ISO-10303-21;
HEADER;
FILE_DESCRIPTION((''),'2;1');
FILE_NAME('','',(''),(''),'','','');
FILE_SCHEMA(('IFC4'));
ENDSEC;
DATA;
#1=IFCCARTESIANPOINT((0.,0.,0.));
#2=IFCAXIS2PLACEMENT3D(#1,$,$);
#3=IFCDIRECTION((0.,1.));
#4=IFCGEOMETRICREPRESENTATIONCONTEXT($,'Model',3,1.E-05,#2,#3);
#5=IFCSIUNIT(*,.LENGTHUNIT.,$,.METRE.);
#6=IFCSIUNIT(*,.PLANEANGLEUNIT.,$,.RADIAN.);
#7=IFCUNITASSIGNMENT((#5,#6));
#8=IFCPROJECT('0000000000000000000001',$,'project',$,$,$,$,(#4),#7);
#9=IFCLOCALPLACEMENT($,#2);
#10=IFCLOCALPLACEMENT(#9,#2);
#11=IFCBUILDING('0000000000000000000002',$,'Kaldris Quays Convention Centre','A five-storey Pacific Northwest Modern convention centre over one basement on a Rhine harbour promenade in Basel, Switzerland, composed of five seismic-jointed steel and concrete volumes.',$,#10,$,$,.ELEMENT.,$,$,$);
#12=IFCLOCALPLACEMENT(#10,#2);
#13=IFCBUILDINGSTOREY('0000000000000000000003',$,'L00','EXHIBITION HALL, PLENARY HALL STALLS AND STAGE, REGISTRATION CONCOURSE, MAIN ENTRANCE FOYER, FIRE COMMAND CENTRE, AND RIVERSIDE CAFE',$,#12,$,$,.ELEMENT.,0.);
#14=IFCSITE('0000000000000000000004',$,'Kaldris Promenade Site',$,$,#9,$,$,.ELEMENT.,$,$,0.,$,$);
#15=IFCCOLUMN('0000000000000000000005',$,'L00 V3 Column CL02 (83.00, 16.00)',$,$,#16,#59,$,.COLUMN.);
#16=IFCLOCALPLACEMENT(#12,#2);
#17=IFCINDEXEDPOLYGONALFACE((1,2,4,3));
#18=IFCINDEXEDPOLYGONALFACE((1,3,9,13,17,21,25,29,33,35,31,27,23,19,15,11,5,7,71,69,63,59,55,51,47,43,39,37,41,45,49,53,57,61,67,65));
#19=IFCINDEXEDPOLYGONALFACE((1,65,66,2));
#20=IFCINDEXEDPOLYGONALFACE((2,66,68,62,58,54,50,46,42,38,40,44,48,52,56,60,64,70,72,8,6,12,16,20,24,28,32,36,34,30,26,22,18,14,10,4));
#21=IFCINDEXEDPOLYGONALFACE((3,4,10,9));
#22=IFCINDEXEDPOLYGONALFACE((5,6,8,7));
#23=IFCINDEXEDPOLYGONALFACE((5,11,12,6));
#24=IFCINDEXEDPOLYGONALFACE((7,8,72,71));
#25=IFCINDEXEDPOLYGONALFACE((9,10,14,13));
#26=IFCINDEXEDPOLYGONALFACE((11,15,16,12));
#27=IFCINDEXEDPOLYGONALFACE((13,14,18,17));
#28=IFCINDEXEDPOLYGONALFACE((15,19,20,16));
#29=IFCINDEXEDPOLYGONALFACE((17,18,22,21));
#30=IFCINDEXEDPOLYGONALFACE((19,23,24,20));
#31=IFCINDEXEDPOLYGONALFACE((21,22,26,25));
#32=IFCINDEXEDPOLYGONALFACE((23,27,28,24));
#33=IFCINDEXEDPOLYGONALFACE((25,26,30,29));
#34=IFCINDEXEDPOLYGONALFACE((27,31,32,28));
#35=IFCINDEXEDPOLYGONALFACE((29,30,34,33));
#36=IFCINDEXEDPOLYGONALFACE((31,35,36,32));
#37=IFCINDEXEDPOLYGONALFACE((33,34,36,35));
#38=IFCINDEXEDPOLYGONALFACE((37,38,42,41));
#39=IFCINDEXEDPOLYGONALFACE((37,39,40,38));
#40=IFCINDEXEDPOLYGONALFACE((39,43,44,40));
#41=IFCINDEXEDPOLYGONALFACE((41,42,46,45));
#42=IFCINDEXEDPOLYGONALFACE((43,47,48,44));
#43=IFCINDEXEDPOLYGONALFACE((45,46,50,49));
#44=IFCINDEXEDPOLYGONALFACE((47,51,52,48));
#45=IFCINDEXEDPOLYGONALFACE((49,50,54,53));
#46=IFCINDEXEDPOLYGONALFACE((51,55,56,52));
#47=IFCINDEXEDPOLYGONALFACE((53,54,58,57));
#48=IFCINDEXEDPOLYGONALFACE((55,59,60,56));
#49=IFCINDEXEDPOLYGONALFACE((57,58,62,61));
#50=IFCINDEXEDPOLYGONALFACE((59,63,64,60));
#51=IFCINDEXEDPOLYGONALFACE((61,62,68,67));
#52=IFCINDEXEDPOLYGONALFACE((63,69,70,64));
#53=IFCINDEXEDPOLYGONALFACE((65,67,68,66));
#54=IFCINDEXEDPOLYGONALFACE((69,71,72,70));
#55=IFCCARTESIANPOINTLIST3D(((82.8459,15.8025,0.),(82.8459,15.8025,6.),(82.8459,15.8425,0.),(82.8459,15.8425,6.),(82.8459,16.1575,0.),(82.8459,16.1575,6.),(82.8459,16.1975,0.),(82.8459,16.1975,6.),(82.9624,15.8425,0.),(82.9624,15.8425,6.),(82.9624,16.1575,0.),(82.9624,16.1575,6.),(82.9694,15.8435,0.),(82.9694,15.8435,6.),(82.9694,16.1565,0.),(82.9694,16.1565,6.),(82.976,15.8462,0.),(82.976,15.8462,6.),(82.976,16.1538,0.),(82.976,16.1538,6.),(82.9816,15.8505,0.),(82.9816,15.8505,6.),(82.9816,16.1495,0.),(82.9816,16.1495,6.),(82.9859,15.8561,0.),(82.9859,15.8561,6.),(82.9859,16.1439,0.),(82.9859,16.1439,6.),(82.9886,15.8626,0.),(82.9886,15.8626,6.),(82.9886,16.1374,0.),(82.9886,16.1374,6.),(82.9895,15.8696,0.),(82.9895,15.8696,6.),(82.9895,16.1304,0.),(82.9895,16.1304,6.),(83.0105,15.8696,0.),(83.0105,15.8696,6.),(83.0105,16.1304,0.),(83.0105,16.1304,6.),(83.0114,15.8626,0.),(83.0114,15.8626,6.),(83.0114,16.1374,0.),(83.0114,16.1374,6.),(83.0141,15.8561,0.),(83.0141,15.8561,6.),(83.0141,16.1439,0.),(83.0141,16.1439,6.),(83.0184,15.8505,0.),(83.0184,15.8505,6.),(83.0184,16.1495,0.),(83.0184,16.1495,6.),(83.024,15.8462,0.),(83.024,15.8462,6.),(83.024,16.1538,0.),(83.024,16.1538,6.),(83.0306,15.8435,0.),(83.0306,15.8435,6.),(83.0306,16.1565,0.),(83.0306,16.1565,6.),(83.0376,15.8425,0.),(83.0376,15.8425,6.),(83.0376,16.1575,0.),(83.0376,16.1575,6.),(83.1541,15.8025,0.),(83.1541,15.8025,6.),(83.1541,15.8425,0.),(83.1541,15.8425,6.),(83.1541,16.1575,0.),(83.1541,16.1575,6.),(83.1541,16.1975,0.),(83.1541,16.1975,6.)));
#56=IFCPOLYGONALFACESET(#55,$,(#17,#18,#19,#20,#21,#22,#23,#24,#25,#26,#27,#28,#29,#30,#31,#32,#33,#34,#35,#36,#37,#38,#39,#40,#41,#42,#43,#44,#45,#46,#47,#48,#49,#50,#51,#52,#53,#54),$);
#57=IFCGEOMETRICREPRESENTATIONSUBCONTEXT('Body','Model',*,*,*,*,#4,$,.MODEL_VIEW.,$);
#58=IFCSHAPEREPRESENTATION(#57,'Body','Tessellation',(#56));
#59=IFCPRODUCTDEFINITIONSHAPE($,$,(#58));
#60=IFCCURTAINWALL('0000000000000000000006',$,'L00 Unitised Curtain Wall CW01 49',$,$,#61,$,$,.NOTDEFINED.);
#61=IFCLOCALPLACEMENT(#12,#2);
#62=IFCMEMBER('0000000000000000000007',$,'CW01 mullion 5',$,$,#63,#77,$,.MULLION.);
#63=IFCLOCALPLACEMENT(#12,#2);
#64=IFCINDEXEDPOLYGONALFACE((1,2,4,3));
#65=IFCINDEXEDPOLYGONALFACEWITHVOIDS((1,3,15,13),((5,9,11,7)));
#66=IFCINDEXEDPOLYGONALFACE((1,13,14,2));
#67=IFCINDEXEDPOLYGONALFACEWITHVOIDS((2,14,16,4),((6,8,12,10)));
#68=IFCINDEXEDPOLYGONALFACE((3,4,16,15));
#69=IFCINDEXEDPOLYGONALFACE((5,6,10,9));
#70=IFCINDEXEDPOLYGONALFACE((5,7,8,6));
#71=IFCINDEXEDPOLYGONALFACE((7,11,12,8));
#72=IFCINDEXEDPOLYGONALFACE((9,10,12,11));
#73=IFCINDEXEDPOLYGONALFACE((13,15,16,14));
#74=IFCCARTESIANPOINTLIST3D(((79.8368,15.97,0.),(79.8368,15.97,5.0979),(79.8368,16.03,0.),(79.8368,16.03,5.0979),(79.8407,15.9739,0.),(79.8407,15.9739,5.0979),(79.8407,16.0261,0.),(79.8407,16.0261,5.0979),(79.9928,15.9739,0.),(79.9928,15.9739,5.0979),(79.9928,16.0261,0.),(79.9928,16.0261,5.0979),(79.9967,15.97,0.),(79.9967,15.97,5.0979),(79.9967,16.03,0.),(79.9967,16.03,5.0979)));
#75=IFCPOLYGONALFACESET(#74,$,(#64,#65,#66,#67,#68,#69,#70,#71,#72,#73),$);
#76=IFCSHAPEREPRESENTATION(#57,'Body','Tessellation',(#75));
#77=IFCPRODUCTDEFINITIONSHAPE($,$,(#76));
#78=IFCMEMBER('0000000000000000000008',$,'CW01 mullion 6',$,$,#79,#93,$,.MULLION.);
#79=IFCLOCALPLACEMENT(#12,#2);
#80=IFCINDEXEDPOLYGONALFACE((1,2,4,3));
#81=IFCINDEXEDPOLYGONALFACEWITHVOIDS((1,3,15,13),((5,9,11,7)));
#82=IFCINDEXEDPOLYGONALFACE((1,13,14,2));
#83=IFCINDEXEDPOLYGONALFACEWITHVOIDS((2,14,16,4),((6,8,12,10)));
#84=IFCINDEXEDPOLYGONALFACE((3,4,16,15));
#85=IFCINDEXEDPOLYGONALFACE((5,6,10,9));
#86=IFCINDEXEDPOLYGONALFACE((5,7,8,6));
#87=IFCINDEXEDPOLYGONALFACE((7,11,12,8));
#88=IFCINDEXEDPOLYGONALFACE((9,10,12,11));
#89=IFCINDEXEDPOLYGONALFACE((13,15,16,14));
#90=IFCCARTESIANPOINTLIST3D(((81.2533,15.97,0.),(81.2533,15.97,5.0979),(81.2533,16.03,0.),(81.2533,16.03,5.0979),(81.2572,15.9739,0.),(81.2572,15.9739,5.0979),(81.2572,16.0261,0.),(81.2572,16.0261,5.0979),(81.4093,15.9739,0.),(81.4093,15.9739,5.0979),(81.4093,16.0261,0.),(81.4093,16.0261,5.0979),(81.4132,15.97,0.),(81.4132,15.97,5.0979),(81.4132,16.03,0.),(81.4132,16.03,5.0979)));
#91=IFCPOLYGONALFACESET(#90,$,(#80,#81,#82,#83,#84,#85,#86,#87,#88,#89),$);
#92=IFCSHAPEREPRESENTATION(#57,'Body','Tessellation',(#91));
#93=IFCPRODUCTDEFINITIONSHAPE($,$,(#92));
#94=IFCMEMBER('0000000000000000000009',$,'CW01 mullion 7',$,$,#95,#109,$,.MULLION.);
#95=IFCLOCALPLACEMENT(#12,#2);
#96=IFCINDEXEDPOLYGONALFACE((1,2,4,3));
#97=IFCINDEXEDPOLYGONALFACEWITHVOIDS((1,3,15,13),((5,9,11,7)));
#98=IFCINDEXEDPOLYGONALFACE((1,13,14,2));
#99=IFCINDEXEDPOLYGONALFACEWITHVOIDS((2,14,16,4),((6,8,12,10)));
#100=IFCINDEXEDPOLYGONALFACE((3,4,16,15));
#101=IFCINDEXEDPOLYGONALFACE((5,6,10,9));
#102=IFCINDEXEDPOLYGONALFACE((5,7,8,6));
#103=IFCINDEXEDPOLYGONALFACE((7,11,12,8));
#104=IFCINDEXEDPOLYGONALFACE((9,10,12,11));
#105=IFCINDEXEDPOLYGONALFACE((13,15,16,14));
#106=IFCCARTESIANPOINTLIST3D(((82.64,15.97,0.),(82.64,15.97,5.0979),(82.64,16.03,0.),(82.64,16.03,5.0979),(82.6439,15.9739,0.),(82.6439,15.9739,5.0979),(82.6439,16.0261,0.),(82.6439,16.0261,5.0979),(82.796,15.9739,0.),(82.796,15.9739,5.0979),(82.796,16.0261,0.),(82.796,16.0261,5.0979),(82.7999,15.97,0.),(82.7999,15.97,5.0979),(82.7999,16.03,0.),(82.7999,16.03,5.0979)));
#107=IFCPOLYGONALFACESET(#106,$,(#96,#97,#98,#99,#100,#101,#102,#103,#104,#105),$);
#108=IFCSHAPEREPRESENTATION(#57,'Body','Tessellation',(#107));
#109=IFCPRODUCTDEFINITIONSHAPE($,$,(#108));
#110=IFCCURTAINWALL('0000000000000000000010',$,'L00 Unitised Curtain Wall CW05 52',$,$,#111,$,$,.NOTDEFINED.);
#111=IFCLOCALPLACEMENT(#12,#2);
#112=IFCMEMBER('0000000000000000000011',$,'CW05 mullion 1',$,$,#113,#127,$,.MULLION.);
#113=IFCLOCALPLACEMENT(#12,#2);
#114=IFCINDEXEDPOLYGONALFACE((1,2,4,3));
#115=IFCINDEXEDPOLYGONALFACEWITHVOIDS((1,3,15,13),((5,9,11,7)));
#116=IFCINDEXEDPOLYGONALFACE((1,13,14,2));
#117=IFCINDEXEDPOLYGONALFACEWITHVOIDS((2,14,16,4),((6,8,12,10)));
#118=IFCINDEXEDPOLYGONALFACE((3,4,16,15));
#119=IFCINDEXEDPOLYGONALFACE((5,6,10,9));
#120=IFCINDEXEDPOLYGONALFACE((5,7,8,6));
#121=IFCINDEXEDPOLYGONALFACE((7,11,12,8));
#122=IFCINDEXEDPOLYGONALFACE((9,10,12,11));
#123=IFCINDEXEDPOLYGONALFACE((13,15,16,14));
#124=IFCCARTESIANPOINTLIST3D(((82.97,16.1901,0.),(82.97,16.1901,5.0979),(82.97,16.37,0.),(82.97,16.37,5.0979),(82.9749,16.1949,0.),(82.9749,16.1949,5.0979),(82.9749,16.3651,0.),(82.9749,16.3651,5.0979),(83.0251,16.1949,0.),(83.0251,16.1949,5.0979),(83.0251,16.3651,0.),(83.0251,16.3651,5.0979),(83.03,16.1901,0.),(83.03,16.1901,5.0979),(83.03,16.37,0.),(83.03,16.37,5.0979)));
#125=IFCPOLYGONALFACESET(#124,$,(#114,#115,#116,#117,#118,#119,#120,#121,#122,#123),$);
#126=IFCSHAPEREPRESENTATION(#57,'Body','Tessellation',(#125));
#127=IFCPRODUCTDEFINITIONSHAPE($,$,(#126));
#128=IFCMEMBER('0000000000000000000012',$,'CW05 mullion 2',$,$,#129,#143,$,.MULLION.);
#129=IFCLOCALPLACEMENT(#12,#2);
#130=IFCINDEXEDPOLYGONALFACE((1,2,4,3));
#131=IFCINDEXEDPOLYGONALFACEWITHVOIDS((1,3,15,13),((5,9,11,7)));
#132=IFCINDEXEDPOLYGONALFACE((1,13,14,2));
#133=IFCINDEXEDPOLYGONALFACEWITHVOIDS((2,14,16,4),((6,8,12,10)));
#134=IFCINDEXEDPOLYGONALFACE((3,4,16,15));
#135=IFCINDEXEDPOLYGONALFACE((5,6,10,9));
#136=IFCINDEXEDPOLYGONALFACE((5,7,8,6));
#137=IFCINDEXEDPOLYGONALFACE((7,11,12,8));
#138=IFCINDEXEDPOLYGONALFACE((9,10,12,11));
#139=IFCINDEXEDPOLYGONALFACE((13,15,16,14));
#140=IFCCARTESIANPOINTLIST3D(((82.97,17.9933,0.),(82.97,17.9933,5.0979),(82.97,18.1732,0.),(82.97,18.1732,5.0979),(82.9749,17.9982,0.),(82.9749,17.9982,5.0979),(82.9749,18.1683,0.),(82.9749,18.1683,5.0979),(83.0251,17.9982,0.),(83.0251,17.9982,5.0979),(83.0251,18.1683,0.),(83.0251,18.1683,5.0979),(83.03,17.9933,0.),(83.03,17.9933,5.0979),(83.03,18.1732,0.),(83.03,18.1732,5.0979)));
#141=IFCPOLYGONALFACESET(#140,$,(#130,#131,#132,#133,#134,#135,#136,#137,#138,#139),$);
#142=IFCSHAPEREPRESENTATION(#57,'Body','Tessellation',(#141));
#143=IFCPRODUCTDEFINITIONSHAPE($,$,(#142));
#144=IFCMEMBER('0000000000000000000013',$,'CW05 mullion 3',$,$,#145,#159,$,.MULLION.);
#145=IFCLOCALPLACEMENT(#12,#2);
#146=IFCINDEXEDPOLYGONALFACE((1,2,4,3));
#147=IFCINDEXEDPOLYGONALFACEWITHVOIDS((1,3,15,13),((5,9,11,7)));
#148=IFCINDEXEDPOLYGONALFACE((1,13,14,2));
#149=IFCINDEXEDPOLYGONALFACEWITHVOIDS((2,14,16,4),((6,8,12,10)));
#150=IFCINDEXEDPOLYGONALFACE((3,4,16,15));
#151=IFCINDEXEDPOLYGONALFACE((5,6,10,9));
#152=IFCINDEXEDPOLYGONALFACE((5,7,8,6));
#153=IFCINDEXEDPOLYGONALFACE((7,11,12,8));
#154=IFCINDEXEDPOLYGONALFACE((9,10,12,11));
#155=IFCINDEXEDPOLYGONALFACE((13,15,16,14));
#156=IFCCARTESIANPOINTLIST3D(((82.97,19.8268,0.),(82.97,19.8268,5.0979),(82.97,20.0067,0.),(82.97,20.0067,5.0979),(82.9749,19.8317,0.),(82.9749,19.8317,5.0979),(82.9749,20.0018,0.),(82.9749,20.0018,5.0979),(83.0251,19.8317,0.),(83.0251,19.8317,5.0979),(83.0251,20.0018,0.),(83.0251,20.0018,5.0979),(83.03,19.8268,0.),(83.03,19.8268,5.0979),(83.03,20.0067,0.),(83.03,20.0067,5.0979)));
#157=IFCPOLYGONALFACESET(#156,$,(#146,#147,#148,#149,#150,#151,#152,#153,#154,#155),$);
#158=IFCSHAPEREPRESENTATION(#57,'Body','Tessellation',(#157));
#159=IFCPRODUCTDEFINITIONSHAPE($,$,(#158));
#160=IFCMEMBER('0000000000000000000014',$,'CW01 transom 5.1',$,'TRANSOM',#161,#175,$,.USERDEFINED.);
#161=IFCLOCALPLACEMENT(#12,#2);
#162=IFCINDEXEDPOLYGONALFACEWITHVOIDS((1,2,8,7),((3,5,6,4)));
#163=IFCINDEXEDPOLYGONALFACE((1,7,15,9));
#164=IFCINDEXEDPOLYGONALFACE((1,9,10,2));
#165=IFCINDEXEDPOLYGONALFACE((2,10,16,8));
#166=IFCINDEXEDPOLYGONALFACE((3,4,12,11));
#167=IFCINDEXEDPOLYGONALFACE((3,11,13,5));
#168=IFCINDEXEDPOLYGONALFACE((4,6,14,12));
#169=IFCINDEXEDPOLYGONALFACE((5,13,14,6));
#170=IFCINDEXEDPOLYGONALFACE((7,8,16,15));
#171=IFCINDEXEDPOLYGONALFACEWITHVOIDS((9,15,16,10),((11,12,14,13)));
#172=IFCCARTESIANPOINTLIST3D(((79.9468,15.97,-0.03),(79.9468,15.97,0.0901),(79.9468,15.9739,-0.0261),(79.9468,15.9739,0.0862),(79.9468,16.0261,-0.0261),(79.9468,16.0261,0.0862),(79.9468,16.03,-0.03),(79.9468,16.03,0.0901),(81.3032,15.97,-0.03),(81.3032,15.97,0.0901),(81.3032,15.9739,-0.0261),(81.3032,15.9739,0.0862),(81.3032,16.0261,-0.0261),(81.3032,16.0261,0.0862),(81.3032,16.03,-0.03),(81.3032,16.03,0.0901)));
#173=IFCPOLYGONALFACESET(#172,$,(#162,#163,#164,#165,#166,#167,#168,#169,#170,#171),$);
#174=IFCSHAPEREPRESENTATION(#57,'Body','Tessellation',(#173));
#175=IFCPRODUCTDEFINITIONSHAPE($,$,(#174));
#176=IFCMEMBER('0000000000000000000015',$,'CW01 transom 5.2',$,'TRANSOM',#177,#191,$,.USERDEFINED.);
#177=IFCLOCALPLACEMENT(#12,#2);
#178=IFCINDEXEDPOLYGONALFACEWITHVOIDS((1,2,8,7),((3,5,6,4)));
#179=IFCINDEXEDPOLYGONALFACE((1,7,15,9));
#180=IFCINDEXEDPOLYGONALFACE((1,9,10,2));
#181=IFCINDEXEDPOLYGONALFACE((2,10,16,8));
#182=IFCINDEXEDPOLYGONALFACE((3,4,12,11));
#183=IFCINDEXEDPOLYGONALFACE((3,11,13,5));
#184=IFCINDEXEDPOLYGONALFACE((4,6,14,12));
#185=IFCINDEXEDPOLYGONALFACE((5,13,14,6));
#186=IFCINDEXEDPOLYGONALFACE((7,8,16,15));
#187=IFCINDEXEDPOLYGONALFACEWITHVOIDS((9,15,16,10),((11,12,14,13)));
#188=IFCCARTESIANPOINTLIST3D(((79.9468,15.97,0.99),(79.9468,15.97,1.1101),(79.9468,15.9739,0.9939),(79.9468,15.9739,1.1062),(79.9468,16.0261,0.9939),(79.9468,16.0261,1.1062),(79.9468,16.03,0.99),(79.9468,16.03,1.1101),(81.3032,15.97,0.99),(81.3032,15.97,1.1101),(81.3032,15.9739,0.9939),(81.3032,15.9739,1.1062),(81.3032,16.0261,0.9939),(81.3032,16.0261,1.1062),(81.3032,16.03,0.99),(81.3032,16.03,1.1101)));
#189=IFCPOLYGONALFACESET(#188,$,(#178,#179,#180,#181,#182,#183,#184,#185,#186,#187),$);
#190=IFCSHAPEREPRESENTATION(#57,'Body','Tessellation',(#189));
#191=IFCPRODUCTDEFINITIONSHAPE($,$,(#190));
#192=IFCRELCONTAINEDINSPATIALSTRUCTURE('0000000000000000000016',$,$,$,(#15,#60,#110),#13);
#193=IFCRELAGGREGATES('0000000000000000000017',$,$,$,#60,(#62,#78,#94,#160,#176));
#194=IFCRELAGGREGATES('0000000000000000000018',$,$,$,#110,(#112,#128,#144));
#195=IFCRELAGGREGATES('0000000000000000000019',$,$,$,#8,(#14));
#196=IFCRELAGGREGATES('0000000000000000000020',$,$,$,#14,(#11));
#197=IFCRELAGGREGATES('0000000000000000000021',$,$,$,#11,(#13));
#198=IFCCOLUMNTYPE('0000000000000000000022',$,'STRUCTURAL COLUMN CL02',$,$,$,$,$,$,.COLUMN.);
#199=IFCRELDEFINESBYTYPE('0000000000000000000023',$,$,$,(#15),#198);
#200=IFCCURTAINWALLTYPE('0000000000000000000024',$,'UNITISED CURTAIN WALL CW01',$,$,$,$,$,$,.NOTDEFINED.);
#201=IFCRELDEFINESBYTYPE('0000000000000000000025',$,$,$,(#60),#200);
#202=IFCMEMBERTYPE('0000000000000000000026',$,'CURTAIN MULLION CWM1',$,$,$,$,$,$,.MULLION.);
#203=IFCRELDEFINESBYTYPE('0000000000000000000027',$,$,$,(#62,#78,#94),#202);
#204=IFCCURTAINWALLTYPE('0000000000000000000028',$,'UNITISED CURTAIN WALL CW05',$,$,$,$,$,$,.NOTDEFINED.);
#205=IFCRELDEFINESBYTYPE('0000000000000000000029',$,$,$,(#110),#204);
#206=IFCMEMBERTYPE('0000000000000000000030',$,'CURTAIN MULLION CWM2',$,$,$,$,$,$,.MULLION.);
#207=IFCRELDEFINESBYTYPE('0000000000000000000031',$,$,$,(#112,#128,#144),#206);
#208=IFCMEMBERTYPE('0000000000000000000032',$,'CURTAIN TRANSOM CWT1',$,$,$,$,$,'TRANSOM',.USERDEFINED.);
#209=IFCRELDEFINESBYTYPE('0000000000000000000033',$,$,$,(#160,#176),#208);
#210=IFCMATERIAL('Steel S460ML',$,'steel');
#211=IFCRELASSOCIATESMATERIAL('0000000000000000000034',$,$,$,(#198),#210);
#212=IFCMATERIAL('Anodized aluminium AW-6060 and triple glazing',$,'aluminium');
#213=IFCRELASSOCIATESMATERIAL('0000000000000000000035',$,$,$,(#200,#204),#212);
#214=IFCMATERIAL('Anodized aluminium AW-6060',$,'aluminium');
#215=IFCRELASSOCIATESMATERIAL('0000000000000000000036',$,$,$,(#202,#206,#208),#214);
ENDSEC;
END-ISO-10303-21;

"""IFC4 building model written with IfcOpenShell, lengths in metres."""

from ifc_helpers import new_model, si_unit, direction, frame, origin, origin_2d, place, context, subcontext, project, spatial, hollow_rectangle, i_section, extrude, material, material_profile, profile_set, type_object, element, aggregate, save


model = new_model("IFC4")

# Units and contexts
model_context = context("Model", 3, precision=1e-05, world=origin(), true_north=direction((0.0, 1.0)))
body_context = subcontext(model_context, "Body", "Model", "MODEL_VIEW")
ifc_project = project(units=[si_unit("LENGTHUNIT", "METRE"), si_unit("PLANEANGLEUNIT", "RADIAN")], contexts=[model_context])

# Site, building, storey
site_placement = place(None, origin())
site = spatial("IfcSite", under=ifc_project, at=site_placement, Name="Kaldris Promenade Site", CompositionType="ELEMENT", RefElevation=0.0)
building_placement = place(site_placement, origin())
building = spatial("IfcBuilding", under=site, at=building_placement, Name="Kaldris Quays Convention Centre", Description="A five-storey Pacific Northwest Modern convention centre over one basement on a Rhine harbour promenade in Basel, Switzerland, composed of five seismic-jointed steel and concrete volumes.", CompositionType="ELEMENT")
storey_placement = place(building_placement, origin())
storey = spatial("IfcBuildingStorey", under=building, at=storey_placement, Name="L00", Description="EXHIBITION HALL, PLENARY HALL STALLS AND STAGE, REGISTRATION CONCOURSE, MAIN ENTRANCE FOYER, FIRE COMMAND CENTRE, AND RIVERSIDE CAFE", CompositionType="ELEMENT", Elevation=0.0)

# Column
ifc_material_1 = material(Name="Steel S460ML", Category="steel")
ifc_material_profile_1 = material_profile(ifc_material_1, i_section(OverallWidth=0.3081, OverallDepth=0.395, WebThickness=0.021, FlangeThickness=0.04, FilletRadius=0.0271, at=origin_2d()), Name="HEM 360")
ifc_profile_set_1 = profile_set([ifc_material_profile_1], Name="Steel S460ML")
column_type = type_object("IfcColumnType", Name="STRUCTURAL COLUMN CL02", PredefinedType="COLUMN", material=ifc_profile_set_1)
column_placement = place(storey_placement, frame((83.0, 16.0, 0.0), z_axis=(0.0, 0.0, 1.0), x_axis=(1.0, 0.0, 0.0)))
element("IfcColumn", 1, at=column_placement, inside=storey, type_object=column_type, Name="L00 V3 Column CL02 (83.00, 16.00)", PredefinedType="COLUMN", context=body_context, shape_type="SweptSolid", body=[
    extrude(i_section(OverallWidth=0.3081, OverallDepth=0.395, WebThickness=0.021, FlangeThickness=0.04, FilletRadius=0.0271, at=origin_2d()), origin(), (0.0, 0.0, 1.0), 6.0),
])

# Curtain walls, members
ifc_material_2 = material(Name="Anodized aluminium AW-6060 and triple glazing", Category="aluminium")
curtain_wall_type_1 = type_object("IfcCurtainWallType", Name="UNITISED CURTAIN WALL CW01", PredefinedType="NOTDEFINED", material=ifc_material_2)
curtain_wall_1_placement = place(storey_placement, origin())
curtain_wall_1 = element("IfcCurtainWall", 2, at=curtain_wall_1_placement, inside=storey, type_object=curtain_wall_type_1, Name="L00 Unitised Curtain Wall CW01 49", PredefinedType="NOTDEFINED")
ifc_material_3 = material(Name="Anodized aluminium AW-6060", Category="aluminium")
ifc_material_profile_2 = material_profile(ifc_material_3, hollow_rectangle(XDim=0.0601, YDim=0.1599, WallThickness=0.0039, at=origin_2d()), Name="RHS 160x60x4")
ifc_profile_set_2 = profile_set([ifc_material_profile_2], Name="Anodized aluminium AW-6060")
member_type_1 = type_object("IfcMemberType", Name="CURTAIN MULLION CWM1", PredefinedType="MULLION", material=ifc_profile_set_2)
member_1_placement = place(storey_placement, frame((79.9167, 16.0, 0.0), z_axis=(0.0, 0.0, 1.0), x_axis=(0.0, 1.0, 0.0)))
member_1 = element("IfcMember", 3, at=member_1_placement, type_object=member_type_1, Name="CW01 mullion 5", PredefinedType="MULLION", context=body_context, shape_type="SweptSolid", body=[
    extrude(hollow_rectangle(XDim=0.0601, YDim=0.1599, WallThickness=0.0039, at=origin_2d()), origin(), (0.0, 0.0, 1.0), 5.0979),
])
member_2_placement = place(storey_placement, frame((81.3333, 16.0, 0.0), z_axis=(0.0, 0.0, 1.0), x_axis=(0.0, 1.0, 0.0)))
member_2 = element("IfcMember", 4, at=member_2_placement, type_object=member_type_1, Name="CW01 mullion 6", PredefinedType="MULLION", context=body_context, shape_type="SweptSolid", body=[
    extrude(hollow_rectangle(XDim=0.0601, YDim=0.1599, WallThickness=0.0039, at=origin_2d()), origin(), (0.0, 0.0, 1.0), 5.0979),
])
member_3_placement = place(storey_placement, frame((82.72, 16.0, 0.0), z_axis=(0.0, 0.0, 1.0), x_axis=(0.0, 1.0, 0.0)))
member_3 = element("IfcMember", 5, at=member_3_placement, type_object=member_type_1, Name="CW01 mullion 7", PredefinedType="MULLION", context=body_context, shape_type="SweptSolid", body=[
    extrude(hollow_rectangle(XDim=0.0601, YDim=0.1599, WallThickness=0.0039, at=origin_2d()), origin(), (0.0, 0.0, 1.0), 5.0979),
])
curtain_wall_type_2 = type_object("IfcCurtainWallType", Name="UNITISED CURTAIN WALL CW05", PredefinedType="NOTDEFINED", material=ifc_material_2)
curtain_wall_2_placement = place(storey_placement, origin())
curtain_wall_2 = element("IfcCurtainWall", 6, at=curtain_wall_2_placement, inside=storey, type_object=curtain_wall_type_2, Name="L00 Unitised Curtain Wall CW05 52", PredefinedType="NOTDEFINED")
ifc_material_profile_3 = material_profile(ifc_material_3, hollow_rectangle(XDim=0.0601, YDim=0.1799, WallThickness=0.0049, at=origin_2d()), Name="RHS 180x60x5")
ifc_profile_set_3 = profile_set([ifc_material_profile_3], Name="Anodized aluminium AW-6060")
member_type_2 = type_object("IfcMemberType", Name="CURTAIN MULLION CWM2", PredefinedType="MULLION", material=ifc_profile_set_3)
member_4_placement = place(storey_placement, frame((83.0, 16.28, 0.0), z_axis=(0.0, 0.0, 1.0), x_axis=(-1.0, 0.0, 0.0)))
member_4 = element("IfcMember", 7, at=member_4_placement, type_object=member_type_2, Name="CW05 mullion 1", PredefinedType="MULLION", context=body_context, shape_type="SweptSolid", body=[
    extrude(hollow_rectangle(XDim=0.0601, YDim=0.1799, WallThickness=0.0049, at=origin_2d()), origin(), (0.0, 0.0, 1.0), 5.0979),
])
member_5_placement = place(storey_placement, frame((83.0, 18.0833, 0.0), z_axis=(0.0, 0.0, 1.0), x_axis=(-1.0, 0.0, 0.0)))
member_5 = element("IfcMember", 8, at=member_5_placement, type_object=member_type_2, Name="CW05 mullion 2", PredefinedType="MULLION", context=body_context, shape_type="SweptSolid", body=[
    extrude(hollow_rectangle(XDim=0.0601, YDim=0.1799, WallThickness=0.0049, at=origin_2d()), origin(), (0.0, 0.0, 1.0), 5.0979),
])
member_6_placement = place(storey_placement, frame((83.0, 19.9167, 0.0), z_axis=(0.0, 0.0, 1.0), x_axis=(-1.0, 0.0, 0.0)))
member_6 = element("IfcMember", 9, at=member_6_placement, type_object=member_type_2, Name="CW05 mullion 3", PredefinedType="MULLION", context=body_context, shape_type="SweptSolid", body=[
    extrude(hollow_rectangle(XDim=0.0601, YDim=0.1799, WallThickness=0.0049, at=origin_2d()), origin(), (0.0, 0.0, 1.0), 5.0979),
])

# Members
ifc_material_profile_4 = material_profile(ifc_material_3, hollow_rectangle(XDim=0.0601, YDim=0.1201, WallThickness=0.0039, at=origin_2d()), Name="RHS 120x60x4")
ifc_profile_set_4 = profile_set([ifc_material_profile_4], Name="Anodized aluminium AW-6060")
member_type_3 = type_object("IfcMemberType", Name="CURTAIN TRANSOM CWT1", ElementType="TRANSOM", PredefinedType="USERDEFINED", material=ifc_profile_set_4)
member_7_placement = place(storey_placement, frame((79.9468, 16.0, 0.03), z_axis=(1.0, 0.0, 0.0), x_axis=(0.0, 1.0, 0.0)))
member_7 = element("IfcMember", 10, at=member_7_placement, type_object=member_type_3, Name="CW01 transom 5.1", ObjectType="TRANSOM", PredefinedType="USERDEFINED", context=body_context, shape_type="SweptSolid", body=[
    extrude(hollow_rectangle(XDim=0.0601, YDim=0.1201, WallThickness=0.0039, at=origin_2d()), origin(), (0.0, 0.0, 1.0), 1.3564),
])
member_8_placement = place(storey_placement, frame((79.9468, 16.0, 1.05), z_axis=(1.0, 0.0, 0.0), x_axis=(0.0, 1.0, 0.0)))
member_8 = element("IfcMember", 11, at=member_8_placement, type_object=member_type_3, Name="CW01 transom 5.2", ObjectType="TRANSOM", PredefinedType="USERDEFINED", context=body_context, shape_type="SweptSolid", body=[
    extrude(hollow_rectangle(XDim=0.0601, YDim=0.1201, WallThickness=0.0039, at=origin_2d()), origin(), (0.0, 0.0, 1.0), 1.3564),
])

aggregate(curtain_wall_1, [member_1, member_2, member_3, member_7, member_8])
aggregate(curtain_wall_2, [member_4, member_5, member_6])

save(model, "model.ifc")
